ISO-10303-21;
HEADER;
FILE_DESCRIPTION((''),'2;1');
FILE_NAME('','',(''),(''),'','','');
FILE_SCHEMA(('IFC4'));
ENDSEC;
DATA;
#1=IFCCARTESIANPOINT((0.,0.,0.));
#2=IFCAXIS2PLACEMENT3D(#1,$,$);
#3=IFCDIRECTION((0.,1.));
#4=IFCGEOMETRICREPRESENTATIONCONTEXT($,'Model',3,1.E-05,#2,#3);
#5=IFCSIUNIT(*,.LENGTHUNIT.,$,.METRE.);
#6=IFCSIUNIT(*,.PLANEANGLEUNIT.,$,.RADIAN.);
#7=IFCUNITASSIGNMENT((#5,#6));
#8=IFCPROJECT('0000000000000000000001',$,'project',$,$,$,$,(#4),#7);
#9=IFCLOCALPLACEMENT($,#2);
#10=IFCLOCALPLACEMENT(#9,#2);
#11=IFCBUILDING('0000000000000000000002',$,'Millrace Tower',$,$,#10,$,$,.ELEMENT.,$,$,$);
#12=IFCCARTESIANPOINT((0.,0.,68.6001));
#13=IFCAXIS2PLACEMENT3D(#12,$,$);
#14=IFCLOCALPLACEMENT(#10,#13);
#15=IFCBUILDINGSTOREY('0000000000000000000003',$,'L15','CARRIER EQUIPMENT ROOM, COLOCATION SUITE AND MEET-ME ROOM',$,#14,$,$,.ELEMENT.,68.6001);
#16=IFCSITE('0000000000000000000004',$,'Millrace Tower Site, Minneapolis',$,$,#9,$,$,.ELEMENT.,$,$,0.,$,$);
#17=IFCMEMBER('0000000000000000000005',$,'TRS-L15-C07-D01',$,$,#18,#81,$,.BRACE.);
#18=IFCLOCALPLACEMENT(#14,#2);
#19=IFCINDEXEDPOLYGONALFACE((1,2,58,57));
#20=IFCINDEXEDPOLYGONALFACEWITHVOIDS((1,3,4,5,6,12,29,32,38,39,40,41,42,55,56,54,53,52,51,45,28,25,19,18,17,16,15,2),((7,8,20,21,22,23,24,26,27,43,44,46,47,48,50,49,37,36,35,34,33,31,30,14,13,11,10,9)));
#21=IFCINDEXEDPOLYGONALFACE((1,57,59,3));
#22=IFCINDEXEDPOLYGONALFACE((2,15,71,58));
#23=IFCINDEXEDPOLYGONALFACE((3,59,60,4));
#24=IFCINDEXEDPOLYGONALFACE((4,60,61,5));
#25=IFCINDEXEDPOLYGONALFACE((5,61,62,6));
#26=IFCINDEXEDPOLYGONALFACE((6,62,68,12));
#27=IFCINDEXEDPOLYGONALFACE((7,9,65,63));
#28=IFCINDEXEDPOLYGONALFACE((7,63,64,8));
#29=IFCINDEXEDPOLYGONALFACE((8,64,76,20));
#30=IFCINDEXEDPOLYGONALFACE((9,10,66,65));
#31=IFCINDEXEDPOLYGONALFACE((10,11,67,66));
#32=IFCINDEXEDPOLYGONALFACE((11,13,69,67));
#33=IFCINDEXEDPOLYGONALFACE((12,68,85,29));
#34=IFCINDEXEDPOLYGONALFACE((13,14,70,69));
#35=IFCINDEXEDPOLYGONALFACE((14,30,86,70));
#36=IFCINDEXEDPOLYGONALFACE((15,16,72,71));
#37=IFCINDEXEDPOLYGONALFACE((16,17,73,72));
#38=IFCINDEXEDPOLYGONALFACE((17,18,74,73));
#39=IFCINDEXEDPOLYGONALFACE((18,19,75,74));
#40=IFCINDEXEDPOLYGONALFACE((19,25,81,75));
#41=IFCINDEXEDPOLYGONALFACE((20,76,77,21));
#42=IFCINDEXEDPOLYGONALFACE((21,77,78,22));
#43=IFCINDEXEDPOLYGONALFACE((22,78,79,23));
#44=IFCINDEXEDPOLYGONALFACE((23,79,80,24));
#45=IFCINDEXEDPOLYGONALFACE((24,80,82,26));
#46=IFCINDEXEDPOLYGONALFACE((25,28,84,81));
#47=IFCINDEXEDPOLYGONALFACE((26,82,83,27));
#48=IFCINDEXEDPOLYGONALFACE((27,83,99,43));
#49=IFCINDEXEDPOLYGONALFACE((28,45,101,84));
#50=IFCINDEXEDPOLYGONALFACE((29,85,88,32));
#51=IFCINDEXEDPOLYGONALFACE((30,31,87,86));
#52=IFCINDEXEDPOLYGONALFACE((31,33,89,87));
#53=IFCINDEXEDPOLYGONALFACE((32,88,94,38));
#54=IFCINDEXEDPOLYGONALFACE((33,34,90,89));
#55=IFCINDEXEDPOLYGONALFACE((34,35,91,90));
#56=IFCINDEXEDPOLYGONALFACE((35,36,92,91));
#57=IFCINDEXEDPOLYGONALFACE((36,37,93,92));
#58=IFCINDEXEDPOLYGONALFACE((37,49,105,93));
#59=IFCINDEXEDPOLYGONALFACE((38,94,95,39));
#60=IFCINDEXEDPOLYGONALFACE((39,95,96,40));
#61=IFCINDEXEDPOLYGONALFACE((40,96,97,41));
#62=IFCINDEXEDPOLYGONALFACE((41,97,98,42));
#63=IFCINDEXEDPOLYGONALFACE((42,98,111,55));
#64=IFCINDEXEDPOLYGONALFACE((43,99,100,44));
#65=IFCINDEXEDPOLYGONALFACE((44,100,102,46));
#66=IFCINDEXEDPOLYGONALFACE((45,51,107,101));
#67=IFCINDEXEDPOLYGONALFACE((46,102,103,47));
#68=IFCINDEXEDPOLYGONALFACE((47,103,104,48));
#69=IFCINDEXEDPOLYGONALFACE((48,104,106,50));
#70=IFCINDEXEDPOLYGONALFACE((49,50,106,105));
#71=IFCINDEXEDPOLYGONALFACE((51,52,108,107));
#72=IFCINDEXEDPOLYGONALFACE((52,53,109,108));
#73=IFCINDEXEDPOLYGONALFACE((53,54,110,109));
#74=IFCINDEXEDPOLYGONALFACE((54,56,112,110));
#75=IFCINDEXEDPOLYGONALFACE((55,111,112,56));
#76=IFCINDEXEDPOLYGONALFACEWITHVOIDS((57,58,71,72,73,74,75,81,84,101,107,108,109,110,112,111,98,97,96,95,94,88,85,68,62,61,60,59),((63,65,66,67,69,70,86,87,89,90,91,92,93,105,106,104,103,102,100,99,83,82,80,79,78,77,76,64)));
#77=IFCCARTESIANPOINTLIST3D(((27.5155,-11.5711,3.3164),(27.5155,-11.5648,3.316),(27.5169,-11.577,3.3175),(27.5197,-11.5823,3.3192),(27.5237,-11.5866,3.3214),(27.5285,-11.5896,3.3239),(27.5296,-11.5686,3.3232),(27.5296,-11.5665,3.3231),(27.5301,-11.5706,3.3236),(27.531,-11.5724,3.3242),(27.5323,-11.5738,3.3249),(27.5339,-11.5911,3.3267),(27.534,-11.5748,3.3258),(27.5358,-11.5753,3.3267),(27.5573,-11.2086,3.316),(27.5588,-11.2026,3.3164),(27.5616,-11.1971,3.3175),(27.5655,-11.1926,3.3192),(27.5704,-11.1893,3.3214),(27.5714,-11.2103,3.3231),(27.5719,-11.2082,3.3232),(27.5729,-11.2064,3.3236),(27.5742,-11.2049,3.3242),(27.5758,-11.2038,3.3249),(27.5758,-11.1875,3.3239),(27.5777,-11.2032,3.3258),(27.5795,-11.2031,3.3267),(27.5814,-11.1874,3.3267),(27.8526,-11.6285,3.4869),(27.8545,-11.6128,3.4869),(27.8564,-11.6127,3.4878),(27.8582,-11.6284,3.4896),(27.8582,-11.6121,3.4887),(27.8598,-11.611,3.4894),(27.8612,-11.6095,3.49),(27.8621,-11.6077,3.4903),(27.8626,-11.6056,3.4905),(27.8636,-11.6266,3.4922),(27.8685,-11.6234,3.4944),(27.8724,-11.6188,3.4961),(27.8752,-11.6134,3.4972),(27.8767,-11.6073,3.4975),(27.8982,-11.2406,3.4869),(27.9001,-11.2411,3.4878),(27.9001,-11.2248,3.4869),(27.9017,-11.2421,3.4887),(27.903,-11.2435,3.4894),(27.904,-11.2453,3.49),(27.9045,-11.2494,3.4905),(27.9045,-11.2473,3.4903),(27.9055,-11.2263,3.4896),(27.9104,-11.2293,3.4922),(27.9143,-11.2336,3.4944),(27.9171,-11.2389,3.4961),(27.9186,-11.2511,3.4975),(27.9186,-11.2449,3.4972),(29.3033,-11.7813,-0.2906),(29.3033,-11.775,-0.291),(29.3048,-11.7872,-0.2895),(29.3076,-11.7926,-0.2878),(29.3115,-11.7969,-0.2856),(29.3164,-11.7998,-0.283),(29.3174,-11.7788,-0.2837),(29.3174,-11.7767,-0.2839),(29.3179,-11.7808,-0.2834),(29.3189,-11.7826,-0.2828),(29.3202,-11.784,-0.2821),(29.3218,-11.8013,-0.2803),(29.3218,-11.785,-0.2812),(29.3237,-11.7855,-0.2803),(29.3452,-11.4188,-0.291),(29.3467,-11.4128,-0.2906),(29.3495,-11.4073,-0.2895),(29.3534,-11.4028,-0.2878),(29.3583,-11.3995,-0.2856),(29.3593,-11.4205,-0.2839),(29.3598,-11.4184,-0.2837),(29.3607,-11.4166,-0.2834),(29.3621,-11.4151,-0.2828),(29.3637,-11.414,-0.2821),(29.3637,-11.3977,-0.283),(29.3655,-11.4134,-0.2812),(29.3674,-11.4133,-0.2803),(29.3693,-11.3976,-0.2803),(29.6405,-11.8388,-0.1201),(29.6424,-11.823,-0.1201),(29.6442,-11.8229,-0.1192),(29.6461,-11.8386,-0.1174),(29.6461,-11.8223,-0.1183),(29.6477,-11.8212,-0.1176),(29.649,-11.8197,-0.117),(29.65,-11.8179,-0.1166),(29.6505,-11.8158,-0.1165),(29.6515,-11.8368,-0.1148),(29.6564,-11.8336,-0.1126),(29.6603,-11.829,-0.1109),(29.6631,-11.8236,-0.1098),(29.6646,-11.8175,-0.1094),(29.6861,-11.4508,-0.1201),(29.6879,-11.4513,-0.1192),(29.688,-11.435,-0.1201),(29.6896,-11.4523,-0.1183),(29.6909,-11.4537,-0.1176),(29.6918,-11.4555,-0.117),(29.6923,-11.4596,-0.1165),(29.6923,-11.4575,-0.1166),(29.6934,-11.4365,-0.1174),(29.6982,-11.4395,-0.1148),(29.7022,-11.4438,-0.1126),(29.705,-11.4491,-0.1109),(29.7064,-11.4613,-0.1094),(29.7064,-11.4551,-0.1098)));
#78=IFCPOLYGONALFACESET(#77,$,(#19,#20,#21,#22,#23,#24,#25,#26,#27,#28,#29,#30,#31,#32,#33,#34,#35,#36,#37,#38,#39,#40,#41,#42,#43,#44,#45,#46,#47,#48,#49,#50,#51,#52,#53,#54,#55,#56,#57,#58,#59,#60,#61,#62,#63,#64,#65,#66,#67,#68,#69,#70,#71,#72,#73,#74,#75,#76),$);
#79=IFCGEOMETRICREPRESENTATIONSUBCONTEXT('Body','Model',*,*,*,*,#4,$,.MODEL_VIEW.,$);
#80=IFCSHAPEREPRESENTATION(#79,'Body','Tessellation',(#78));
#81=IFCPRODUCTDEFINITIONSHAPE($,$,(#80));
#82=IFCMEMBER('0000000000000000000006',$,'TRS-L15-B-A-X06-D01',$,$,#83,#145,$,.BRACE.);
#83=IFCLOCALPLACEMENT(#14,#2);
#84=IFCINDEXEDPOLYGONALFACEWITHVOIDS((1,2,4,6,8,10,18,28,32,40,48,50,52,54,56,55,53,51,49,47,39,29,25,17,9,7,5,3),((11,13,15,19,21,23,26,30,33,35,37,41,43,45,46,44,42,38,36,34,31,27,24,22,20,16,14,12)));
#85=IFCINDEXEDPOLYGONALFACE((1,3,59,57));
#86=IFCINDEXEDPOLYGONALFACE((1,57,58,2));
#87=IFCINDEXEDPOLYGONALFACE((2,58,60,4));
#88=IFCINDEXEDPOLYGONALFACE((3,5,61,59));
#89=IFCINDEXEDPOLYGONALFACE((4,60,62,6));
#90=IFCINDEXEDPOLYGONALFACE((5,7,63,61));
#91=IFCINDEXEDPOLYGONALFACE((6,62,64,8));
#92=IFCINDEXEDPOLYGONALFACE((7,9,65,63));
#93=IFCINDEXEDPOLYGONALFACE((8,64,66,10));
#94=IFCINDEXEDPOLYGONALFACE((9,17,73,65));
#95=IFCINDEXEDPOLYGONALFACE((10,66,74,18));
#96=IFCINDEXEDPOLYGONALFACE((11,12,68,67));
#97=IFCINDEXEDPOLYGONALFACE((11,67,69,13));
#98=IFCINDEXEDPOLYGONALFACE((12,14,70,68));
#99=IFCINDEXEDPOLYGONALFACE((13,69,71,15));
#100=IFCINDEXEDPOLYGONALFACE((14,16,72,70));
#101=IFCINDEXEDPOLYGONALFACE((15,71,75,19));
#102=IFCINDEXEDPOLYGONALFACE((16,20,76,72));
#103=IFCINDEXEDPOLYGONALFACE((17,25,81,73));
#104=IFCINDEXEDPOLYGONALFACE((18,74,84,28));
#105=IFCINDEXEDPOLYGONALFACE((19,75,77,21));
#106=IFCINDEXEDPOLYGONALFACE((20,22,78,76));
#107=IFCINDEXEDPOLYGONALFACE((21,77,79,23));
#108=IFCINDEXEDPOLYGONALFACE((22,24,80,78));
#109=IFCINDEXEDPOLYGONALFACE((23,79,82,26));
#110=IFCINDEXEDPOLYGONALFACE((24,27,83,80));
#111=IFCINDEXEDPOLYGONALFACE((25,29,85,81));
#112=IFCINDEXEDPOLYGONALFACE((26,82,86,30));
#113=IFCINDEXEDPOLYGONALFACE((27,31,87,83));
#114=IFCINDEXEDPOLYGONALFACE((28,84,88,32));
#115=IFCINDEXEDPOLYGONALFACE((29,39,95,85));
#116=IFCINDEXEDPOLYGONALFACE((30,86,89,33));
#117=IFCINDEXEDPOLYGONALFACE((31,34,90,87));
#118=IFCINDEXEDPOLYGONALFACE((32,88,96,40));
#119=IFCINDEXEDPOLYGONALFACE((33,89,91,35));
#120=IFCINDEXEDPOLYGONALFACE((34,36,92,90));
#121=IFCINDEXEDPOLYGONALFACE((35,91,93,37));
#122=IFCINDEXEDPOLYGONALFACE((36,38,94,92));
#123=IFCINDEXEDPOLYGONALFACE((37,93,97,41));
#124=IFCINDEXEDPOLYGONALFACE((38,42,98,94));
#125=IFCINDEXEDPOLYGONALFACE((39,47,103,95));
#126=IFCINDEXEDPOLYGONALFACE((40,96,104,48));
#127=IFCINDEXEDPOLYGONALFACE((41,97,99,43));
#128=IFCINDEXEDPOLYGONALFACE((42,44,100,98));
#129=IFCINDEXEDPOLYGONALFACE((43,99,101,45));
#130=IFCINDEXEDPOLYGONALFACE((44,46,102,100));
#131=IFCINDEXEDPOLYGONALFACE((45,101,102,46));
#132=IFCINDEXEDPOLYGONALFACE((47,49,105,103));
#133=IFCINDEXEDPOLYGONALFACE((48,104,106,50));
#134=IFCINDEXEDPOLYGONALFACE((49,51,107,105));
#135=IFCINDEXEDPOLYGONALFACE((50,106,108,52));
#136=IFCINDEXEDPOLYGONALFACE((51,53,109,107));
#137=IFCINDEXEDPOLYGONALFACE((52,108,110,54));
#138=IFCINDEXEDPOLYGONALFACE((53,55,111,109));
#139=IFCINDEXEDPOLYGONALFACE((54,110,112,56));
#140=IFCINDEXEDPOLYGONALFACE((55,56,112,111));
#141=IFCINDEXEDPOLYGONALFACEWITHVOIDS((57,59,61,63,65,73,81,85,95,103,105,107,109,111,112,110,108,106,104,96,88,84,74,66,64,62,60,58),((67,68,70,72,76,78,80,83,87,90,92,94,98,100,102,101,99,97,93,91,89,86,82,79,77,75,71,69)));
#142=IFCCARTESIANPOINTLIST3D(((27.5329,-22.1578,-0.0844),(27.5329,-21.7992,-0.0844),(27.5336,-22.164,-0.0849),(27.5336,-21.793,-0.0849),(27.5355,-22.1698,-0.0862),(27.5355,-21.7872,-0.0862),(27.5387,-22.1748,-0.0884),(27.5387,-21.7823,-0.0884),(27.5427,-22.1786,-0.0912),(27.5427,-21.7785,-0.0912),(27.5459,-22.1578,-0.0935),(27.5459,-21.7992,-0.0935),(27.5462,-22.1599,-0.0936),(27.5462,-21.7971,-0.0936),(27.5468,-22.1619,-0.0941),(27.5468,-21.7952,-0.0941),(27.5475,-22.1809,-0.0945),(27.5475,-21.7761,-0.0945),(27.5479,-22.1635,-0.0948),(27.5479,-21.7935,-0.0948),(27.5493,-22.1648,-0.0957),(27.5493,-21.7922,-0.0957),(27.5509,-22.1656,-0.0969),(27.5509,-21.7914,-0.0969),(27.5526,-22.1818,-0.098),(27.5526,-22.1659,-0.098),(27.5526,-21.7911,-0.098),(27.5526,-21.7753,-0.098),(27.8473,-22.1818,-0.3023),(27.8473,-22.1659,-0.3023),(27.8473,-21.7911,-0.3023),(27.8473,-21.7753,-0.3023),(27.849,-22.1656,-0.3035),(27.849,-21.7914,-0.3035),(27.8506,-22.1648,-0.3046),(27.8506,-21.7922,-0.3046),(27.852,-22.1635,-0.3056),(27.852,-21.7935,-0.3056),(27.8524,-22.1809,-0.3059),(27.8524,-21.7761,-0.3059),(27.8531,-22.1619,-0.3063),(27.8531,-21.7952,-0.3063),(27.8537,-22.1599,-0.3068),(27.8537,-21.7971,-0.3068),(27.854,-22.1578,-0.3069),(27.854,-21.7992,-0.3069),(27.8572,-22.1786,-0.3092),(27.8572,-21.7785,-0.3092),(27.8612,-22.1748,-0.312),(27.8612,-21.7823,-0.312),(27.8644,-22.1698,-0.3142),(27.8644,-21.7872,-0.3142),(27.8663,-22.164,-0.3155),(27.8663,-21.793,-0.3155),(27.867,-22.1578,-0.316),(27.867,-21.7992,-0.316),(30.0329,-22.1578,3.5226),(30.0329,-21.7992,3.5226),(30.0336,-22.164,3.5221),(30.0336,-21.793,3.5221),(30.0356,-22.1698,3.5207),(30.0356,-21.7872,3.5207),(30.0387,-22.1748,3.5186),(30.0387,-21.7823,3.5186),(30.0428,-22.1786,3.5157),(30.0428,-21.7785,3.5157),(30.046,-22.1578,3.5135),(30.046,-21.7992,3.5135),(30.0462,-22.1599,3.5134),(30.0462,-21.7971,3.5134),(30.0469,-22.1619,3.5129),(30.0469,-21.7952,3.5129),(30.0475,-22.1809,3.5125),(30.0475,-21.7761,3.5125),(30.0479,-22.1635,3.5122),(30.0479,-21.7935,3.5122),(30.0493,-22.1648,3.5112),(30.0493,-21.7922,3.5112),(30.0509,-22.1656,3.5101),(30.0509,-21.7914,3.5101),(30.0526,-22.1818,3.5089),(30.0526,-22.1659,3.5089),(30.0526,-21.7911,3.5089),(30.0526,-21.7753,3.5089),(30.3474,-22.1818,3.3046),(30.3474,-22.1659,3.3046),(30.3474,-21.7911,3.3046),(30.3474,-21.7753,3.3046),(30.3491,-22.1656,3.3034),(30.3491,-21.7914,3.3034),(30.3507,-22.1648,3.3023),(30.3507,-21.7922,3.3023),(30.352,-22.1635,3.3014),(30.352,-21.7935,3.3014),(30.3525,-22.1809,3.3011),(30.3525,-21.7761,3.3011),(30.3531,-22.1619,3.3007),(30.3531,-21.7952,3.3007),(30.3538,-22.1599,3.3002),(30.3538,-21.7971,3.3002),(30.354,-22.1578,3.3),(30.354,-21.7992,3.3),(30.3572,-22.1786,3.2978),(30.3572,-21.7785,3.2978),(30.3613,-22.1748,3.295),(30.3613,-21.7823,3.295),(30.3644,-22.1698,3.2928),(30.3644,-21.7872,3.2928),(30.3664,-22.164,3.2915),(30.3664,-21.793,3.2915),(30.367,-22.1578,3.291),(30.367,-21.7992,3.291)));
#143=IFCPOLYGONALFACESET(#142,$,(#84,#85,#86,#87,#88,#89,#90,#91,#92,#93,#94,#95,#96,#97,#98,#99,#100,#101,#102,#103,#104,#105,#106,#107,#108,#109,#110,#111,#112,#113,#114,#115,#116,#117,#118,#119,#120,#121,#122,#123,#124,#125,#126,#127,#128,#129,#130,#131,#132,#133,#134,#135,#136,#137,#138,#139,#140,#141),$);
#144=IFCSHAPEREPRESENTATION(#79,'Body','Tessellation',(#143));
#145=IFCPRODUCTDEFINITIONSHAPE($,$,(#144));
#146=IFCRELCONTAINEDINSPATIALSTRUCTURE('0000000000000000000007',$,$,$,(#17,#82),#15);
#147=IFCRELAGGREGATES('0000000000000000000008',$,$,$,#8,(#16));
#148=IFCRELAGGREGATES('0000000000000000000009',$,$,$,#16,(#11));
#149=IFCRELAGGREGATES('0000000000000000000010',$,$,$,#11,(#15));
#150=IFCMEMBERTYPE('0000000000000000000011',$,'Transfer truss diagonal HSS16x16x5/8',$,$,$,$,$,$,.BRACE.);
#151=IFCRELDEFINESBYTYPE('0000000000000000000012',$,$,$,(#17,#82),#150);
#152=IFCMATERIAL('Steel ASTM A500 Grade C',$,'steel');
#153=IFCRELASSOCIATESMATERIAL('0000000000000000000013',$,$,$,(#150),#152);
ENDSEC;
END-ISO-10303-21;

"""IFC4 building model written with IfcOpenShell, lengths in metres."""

from ifc_helpers import new_model, si_unit, direction, frame, origin, origin_2d, place, context, subcontext, project, spatial, hollow_rectangle, extrude, material, material_profile, profile_set, type_object, element, save


model = new_model("IFC4")

# Units and contexts
model_context = context("Model", 3, precision=1e-05, world=origin(), true_north=direction((0.0, 1.0)))
body_context = subcontext(model_context, "Body", "Model", "MODEL_VIEW")
ifc_project = project(units=[si_unit("LENGTHUNIT", "METRE"), si_unit("PLANEANGLEUNIT", "RADIAN")], contexts=[model_context])

# Site, building, storey
site_placement = place(None, origin())
site = spatial("IfcSite", under=ifc_project, at=site_placement, Name="Millrace Tower Site, Minneapolis", CompositionType="ELEMENT", RefElevation=0.0)
building_placement = place(site_placement, origin())
building = spatial("IfcBuilding", under=site, at=building_placement, Name="Millrace Tower", CompositionType="ELEMENT")
storey_placement = place(building_placement, frame((0.0, 0.0, 68.6001)))
storey = spatial("IfcBuildingStorey", under=building, at=storey_placement, Name="L15", Description="CARRIER EQUIPMENT ROOM, COLOCATION SUITE AND MEET-ME ROOM", CompositionType="ELEMENT", Elevation=68.6001)

# Members
ifc_material_1 = material(Name="Steel ASTM A500 Grade C", Category="steel")
ifc_material_profile_1 = material_profile(ifc_material_1, hollow_rectangle(XDim=0.4065, YDim=0.4065, WallThickness=0.0159, InnerFilletRadius=0.0081, OuterFilletRadius=0.0239, at=origin_2d()))
ifc_profile_set_1 = profile_set([ifc_material_profile_1], Name="Steel ASTM A500 Grade C")
member_type_1 = type_object("IfcMemberType", Name="Transfer truss diagonal HSS16x16x5/8", PredefinedType="BRACE", material=ifc_profile_set_1)
member_1_placement = place(storey_placement, frame((29.5049, -11.6182, -0.2002), z_axis=(-0.443502, 0.052145, 0.894755), x_axis=(-0.11677, -0.993159, 0.0)))
element("IfcMember", 1, at=member_1_placement, inside=storey, type_object=member_type_1, Name="TRS-L15-C07-D01", PredefinedType="BRACE", context=body_context, shape_type="SweptSolid", body=[
    extrude(hollow_rectangle(XDim=0.4065, YDim=0.4065, WallThickness=0.0159, InnerFilletRadius=0.0081, OuterFilletRadius=0.0239, at=origin_2d()), origin(), (0.0, 0.0, 1.0), 4.0312),
])
member_2_placement = place(storey_placement, frame((27.7, -21.9785, -0.2002), z_axis=(0.569655, 0.0, 0.821884), x_axis=(0.0, 1.0, 0.0)))
element("IfcMember", 2, at=member_2_placement, inside=storey, type_object=member_type_1, Name="TRS-L15-B-A-X06-D01", PredefinedType="BRACE", context=body_context, shape_type="SweptSolid", body=[
    extrude(hollow_rectangle(XDim=0.4065, YDim=0.4065, WallThickness=0.0159, InnerFilletRadius=0.0081, OuterFilletRadius=0.0239, at=origin_2d()), origin(), (0.0, 0.0, 1.0), 4.3887),
])

save(model, "model.ifc")
